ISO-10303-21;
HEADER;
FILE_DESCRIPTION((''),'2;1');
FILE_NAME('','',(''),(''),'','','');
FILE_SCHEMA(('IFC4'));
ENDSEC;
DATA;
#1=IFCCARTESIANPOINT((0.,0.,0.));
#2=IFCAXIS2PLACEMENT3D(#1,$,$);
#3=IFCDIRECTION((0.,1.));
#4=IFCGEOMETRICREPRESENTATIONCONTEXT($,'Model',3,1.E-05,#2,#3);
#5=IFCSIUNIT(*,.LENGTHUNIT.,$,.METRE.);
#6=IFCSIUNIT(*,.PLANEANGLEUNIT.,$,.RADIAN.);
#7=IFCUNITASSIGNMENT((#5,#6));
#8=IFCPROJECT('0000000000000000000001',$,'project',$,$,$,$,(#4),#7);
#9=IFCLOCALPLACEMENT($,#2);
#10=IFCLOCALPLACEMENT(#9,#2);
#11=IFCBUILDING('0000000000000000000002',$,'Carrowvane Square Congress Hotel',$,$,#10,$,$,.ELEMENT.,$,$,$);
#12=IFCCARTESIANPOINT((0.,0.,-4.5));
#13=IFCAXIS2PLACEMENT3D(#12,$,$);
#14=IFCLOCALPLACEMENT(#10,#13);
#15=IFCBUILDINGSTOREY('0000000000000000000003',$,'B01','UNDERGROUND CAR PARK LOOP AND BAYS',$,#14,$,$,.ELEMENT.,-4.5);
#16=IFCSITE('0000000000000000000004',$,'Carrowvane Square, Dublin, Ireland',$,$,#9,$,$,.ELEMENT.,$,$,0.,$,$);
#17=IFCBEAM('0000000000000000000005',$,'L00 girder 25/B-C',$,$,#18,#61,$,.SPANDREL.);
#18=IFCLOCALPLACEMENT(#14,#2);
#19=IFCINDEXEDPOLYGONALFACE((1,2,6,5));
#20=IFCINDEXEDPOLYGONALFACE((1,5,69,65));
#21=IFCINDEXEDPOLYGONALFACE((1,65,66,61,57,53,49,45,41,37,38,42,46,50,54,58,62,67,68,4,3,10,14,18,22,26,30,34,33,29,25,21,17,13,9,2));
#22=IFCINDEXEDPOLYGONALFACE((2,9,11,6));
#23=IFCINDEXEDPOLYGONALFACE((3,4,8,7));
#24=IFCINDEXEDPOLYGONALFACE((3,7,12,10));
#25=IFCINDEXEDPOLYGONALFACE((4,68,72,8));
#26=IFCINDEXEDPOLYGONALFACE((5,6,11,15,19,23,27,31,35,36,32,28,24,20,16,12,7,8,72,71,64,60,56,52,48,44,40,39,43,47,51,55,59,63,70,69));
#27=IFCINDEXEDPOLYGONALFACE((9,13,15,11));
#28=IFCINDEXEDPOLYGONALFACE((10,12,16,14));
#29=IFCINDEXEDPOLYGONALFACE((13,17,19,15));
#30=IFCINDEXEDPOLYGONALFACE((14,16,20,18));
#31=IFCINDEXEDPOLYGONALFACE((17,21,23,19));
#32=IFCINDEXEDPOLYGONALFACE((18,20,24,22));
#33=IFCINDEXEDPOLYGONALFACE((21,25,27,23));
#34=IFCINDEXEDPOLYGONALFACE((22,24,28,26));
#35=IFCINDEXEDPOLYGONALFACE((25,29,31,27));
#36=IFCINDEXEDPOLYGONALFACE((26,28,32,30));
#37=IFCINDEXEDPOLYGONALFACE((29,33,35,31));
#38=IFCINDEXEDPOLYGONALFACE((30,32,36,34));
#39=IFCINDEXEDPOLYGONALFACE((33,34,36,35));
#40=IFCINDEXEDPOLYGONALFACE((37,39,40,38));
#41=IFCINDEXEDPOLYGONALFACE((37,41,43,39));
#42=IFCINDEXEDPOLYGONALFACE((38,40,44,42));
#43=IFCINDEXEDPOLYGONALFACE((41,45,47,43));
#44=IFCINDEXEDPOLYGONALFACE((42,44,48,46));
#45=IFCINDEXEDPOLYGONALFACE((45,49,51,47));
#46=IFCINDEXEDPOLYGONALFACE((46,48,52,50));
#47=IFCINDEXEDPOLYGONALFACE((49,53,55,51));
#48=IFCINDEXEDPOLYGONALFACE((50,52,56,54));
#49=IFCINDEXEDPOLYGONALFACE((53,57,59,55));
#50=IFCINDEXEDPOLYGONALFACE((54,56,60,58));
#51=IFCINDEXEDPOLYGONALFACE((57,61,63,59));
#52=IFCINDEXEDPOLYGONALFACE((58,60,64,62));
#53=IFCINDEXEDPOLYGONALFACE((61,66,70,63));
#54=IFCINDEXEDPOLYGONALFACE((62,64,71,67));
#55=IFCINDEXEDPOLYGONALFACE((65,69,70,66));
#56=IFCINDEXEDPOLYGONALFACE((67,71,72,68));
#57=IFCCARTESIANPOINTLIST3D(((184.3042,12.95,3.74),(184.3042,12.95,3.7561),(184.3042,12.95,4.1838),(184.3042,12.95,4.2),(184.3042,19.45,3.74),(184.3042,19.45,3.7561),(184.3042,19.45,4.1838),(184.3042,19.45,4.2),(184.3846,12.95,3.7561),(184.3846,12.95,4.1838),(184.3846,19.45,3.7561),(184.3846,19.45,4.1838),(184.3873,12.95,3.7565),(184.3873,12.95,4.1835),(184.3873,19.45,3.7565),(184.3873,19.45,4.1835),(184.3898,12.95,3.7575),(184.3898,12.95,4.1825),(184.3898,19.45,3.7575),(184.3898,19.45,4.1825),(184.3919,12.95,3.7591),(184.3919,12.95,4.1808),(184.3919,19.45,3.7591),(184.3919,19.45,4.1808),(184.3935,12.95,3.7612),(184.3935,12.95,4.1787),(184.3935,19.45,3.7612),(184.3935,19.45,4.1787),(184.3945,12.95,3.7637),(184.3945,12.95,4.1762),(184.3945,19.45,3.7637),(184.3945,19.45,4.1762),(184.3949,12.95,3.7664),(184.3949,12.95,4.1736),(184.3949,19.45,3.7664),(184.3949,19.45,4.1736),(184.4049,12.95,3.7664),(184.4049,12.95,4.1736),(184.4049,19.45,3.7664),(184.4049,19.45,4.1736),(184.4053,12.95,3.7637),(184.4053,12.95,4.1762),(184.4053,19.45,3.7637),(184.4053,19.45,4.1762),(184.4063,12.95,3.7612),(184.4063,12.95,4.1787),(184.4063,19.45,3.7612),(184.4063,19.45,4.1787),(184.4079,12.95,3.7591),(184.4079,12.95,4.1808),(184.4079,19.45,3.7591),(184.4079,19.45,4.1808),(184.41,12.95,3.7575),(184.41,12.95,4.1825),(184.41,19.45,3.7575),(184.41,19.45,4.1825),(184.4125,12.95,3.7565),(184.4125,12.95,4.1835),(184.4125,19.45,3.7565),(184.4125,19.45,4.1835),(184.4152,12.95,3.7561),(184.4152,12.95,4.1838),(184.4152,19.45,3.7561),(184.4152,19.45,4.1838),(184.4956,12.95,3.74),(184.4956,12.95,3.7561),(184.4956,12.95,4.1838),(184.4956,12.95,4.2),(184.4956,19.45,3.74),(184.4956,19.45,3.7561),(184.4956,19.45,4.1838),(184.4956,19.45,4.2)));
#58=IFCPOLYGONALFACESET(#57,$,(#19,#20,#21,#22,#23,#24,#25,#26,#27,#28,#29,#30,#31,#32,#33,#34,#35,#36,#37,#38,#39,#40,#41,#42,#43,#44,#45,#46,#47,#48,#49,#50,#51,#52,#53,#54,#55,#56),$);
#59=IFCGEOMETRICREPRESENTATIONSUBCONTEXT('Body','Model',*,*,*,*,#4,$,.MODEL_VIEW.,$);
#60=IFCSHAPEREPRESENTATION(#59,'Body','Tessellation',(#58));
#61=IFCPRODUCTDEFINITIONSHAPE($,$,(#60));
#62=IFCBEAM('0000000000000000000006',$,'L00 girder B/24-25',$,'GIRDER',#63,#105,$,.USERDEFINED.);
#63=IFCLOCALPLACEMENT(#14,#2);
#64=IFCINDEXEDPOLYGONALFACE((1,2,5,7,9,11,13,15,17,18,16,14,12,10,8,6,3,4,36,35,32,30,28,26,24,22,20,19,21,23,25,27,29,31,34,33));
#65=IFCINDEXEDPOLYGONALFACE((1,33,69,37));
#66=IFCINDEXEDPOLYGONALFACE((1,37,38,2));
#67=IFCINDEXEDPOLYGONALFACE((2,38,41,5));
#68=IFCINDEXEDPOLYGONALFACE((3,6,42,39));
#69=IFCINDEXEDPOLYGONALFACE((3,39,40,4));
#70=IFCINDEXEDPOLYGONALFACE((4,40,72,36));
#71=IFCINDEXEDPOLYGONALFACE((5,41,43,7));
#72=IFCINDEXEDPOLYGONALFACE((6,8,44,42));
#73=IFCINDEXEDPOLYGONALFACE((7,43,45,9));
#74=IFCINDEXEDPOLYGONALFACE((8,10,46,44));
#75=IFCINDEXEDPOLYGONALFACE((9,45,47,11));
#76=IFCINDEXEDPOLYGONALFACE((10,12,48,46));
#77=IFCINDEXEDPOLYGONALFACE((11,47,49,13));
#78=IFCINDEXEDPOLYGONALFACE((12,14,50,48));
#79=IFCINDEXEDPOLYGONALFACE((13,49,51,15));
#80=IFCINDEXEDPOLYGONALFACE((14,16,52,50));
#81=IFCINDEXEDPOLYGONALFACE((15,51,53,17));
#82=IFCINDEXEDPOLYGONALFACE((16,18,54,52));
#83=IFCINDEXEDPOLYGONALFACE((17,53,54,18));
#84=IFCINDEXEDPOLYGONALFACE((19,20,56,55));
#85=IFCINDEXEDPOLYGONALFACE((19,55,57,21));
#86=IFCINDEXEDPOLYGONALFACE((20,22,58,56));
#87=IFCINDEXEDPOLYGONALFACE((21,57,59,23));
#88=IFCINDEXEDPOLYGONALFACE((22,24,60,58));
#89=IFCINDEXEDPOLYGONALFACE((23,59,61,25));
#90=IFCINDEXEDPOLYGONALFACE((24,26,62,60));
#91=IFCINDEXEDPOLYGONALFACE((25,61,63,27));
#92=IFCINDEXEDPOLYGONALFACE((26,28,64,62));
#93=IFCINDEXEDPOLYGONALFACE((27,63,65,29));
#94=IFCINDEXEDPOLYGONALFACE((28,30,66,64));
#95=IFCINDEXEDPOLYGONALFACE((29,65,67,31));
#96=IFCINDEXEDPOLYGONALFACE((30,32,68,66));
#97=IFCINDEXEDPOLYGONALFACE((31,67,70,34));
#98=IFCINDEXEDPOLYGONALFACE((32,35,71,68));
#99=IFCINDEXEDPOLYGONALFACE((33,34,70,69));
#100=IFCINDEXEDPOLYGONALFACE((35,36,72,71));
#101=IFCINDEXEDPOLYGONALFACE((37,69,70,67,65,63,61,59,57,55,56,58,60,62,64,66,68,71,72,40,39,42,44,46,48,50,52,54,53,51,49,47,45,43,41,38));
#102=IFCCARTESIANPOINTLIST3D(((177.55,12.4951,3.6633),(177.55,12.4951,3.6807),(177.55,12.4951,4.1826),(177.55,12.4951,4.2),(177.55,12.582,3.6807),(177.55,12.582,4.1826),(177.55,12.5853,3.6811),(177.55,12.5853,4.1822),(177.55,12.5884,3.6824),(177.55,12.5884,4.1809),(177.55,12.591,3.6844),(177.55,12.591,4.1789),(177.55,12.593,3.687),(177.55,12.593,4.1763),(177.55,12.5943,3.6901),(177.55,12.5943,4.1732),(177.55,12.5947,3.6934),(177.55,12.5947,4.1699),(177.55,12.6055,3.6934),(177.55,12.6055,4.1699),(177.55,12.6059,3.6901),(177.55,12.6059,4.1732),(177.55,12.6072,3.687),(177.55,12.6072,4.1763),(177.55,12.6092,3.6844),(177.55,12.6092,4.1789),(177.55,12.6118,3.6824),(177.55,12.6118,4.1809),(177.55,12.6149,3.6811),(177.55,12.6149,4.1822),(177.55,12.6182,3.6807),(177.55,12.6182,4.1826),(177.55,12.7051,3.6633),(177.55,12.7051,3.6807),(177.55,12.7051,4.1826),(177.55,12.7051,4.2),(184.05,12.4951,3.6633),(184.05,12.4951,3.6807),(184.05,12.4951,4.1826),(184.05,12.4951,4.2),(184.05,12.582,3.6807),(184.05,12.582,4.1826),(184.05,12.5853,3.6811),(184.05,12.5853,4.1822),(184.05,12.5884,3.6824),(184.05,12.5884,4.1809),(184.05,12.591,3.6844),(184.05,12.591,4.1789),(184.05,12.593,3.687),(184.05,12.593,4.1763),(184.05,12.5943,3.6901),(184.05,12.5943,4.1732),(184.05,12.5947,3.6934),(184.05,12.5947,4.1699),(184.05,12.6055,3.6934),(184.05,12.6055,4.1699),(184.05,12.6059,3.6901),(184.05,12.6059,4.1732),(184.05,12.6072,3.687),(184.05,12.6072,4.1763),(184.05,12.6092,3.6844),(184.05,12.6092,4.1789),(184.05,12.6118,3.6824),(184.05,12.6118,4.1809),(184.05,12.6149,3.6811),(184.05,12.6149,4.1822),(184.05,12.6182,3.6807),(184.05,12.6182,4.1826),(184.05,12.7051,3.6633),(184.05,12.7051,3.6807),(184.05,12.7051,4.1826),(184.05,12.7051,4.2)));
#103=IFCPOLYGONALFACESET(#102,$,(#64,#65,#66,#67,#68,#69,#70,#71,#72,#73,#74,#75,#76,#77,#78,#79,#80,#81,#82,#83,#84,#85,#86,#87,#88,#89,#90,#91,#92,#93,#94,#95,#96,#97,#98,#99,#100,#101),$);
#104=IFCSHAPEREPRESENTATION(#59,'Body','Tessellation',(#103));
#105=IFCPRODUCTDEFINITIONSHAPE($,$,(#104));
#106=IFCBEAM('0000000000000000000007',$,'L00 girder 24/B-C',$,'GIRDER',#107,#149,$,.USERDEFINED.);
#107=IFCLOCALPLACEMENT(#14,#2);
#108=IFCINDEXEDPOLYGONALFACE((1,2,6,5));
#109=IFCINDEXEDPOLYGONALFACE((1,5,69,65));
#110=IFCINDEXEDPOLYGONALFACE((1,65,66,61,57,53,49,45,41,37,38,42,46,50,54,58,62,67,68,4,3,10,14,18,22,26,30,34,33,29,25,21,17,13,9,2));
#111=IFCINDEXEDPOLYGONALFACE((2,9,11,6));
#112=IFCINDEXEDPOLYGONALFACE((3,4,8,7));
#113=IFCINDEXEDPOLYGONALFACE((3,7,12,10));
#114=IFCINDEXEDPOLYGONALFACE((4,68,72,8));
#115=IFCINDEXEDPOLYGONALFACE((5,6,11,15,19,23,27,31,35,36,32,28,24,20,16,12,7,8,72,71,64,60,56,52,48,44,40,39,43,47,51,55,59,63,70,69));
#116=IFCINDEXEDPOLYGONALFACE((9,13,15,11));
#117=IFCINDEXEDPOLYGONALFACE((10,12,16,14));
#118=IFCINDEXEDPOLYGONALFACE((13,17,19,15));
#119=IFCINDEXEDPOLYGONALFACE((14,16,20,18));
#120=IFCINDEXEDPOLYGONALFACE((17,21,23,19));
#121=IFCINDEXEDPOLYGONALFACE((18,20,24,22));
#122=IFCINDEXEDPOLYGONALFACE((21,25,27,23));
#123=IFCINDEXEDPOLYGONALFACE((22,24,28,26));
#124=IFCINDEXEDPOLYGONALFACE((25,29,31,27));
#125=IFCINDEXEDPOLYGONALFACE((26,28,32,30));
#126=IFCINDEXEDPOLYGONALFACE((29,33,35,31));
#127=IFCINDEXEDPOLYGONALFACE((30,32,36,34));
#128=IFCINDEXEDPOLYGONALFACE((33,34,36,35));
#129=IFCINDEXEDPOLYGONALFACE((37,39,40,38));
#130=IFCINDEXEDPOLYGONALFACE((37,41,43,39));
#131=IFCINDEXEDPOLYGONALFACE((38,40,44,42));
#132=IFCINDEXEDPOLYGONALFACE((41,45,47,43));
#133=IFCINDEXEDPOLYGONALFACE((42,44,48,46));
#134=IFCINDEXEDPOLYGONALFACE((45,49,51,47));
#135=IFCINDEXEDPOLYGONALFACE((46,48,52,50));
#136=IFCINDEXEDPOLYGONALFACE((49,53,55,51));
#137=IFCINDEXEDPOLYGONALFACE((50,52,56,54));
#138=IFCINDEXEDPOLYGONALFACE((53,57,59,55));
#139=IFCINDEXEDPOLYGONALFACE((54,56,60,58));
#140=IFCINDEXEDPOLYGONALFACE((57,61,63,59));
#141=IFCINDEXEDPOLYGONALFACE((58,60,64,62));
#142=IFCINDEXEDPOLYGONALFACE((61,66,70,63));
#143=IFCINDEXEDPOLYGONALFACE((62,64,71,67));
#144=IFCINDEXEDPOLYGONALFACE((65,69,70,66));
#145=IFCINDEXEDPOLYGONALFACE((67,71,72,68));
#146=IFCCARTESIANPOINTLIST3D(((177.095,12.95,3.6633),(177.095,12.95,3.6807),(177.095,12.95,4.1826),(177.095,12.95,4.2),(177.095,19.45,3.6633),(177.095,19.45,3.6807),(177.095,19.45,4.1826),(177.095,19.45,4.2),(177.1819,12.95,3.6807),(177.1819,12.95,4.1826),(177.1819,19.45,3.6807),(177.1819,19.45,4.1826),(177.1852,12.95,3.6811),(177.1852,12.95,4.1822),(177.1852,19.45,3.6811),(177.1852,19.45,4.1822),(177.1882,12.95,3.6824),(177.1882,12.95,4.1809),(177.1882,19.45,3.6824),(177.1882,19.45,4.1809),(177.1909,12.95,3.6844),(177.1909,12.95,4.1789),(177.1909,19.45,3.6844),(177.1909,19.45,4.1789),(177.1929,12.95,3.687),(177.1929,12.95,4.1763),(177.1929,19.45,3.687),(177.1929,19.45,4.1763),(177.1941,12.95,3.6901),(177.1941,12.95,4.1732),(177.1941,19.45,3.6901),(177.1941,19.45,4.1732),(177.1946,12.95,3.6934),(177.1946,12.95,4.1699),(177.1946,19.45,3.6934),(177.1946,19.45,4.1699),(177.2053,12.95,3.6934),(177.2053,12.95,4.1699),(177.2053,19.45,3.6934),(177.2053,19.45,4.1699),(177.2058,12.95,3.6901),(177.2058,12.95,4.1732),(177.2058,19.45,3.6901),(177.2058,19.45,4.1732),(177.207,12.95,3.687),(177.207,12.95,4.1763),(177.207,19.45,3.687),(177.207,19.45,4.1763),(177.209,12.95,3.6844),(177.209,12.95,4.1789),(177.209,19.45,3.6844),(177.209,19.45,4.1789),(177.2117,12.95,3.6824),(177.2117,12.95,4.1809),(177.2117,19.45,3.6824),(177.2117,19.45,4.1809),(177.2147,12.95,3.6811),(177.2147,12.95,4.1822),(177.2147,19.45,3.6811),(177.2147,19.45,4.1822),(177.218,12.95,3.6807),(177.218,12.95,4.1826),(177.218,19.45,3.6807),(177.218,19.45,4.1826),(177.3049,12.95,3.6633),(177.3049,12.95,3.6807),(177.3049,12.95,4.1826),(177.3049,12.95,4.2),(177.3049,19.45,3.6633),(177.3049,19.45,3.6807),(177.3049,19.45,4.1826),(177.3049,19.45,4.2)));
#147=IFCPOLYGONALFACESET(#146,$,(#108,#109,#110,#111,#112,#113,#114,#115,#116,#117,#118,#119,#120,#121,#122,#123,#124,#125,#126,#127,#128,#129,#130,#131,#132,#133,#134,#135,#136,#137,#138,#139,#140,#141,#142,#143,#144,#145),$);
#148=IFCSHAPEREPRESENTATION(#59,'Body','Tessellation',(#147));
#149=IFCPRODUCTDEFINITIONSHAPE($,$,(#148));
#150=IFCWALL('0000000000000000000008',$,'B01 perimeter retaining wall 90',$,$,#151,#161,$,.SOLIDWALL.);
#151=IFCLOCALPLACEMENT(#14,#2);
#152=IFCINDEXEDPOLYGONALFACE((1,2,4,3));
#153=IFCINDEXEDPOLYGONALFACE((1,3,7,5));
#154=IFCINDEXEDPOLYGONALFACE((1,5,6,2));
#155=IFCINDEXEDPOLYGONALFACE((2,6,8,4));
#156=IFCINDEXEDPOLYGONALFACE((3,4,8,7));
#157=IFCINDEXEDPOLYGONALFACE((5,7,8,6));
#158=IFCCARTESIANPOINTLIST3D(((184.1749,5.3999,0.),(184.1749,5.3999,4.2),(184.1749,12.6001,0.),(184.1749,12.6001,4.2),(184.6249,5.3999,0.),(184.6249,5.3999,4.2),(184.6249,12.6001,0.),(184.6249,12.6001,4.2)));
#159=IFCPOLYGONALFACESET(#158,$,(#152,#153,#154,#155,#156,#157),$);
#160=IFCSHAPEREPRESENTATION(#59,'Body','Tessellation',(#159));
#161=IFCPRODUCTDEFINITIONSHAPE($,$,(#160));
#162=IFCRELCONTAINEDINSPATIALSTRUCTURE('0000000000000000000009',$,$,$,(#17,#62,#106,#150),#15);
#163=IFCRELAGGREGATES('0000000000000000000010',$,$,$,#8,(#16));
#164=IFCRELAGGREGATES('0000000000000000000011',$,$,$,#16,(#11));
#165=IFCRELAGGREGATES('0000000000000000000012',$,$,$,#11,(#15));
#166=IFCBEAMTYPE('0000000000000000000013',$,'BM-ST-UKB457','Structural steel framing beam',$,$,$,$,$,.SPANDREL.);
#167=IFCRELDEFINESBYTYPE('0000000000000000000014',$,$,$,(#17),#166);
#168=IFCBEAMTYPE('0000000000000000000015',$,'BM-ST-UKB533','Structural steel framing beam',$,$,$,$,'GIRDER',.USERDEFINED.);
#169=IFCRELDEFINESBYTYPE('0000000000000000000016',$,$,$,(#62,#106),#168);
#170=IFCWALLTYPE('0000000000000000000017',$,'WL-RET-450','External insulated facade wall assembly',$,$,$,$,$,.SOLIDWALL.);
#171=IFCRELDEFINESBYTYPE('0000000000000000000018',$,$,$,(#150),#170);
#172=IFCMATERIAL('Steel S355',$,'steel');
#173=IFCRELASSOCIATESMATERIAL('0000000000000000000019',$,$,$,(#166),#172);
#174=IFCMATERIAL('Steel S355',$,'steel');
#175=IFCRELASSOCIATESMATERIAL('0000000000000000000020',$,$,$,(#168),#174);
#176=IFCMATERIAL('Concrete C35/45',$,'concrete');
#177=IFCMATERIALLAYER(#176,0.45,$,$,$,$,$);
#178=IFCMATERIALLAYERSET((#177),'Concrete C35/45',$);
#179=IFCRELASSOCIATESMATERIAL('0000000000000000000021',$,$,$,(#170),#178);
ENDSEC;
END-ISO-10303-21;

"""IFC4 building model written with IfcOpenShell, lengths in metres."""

from ifc_helpers import new_model, si_unit, direction, frame, frame_2d, origin, origin_2d, place, context, subcontext, project, spatial, rectangle, i_section, extrude, material, layer, layer_set, material_profile, profile_set, type_object, element, save


model = new_model("IFC4")

# Units and contexts
model_context = context("Model", 3, precision=1e-05, world=origin(), true_north=direction((0.0, 1.0)))
body_context = subcontext(model_context, "Body", "Model", "MODEL_VIEW")
ifc_project = project(units=[si_unit("LENGTHUNIT", "METRE"), si_unit("PLANEANGLEUNIT", "RADIAN")], contexts=[model_context])

# Site, building, storey
site_placement = place(None, origin())
site = spatial("IfcSite", under=ifc_project, at=site_placement, Name="Carrowvane Square, Dublin, Ireland", CompositionType="ELEMENT", RefElevation=0.0)
building_placement = place(site_placement, origin())
building = spatial("IfcBuilding", under=site, at=building_placement, Name="Carrowvane Square Congress Hotel", CompositionType="ELEMENT")
storey_placement = place(building_placement, frame((0.0, 0.0, -4.5)))
storey = spatial("IfcBuildingStorey", under=building, at=storey_placement, Name="B01", Description="UNDERGROUND CAR PARK LOOP AND BAYS", CompositionType="ELEMENT", Elevation=-4.5)

# Beams
ifc_material_1 = material(Name="Steel S355", Category="steel")
ifc_material_profile_1 = material_profile(ifc_material_1, i_section(OverallWidth=0.1914, OverallDepth=0.46, WebThickness=0.01, FlangeThickness=0.0161, FilletRadius=0.0103, at=origin_2d()), Name="UKB 457x191x82")
ifc_profile_set_1 = profile_set([ifc_material_profile_1], Name="Steel S355")
beam_type_1 = type_object("IfcBeamType", Name="BM-ST-UKB457", Description="Structural steel framing beam", PredefinedType="SPANDREL", material=ifc_profile_set_1)
beam_1_placement = place(storey_placement, frame((184.3999, 12.95, 3.97), z_axis=(0.0, 1.0, 0.0), x_axis=(-1.0, 0.0, 0.0)))
element("IfcBeam", 1, at=beam_1_placement, inside=storey, type_object=beam_type_1, Name="L00 girder 25/B-C", PredefinedType="SPANDREL", context=body_context, shape_type="SweptSolid", body=[
    extrude(i_section(OverallWidth=0.1914, OverallDepth=0.46, WebThickness=0.01, FlangeThickness=0.0161, FilletRadius=0.0103, at=origin_2d()), origin(), (0.0, 0.0, 1.0), 6.5),
])
ifc_material_2 = material(Name="Steel S355", Category="steel")
ifc_material_profile_2 = material_profile(ifc_material_2, i_section(OverallWidth=0.21, OverallDepth=0.5366, WebThickness=0.0107, FlangeThickness=0.0173, FilletRadius=0.0127, at=origin_2d()), Name="UKB 533x210x101")
ifc_profile_set_2 = profile_set([ifc_material_profile_2], Name="Steel S355")
beam_type_2 = type_object("IfcBeamType", Name="BM-ST-UKB533", Description="Structural steel framing beam", ElementType="GIRDER", PredefinedType="USERDEFINED", material=ifc_profile_set_2)
for number, where, z_axis, x_axis, name in (
    (2, (177.55, 12.6001, 3.9316), (1.0, 0.0, 0.0), (0.0, 1.0, 0.0), "L00 girder B/24-25"),
    (3, (177.2, 12.95, 3.9316), (0.0, 1.0, 0.0), (-1.0, 0.0, 0.0), "L00 girder 24/B-C"),
):
    element("IfcBeam", number, at=place(storey_placement, frame(where, z_axis=z_axis, x_axis=x_axis)), inside=storey, type_object=beam_type_2, Name=name, ObjectType="GIRDER", PredefinedType="USERDEFINED", context=body_context, shape_type="SweptSolid", body=[
        extrude(i_section(OverallWidth=0.21, OverallDepth=0.5366, WebThickness=0.0107, FlangeThickness=0.0173, FilletRadius=0.0127, at=origin_2d()), origin(), (0.0, 0.0, 1.0), 6.5),
    ])

# Wall
ifc_material_3 = material(Name="Concrete C35/45", Category="concrete")
ifc_layer = layer(ifc_material_3, 0.45)
ifc_layer_set = layer_set([ifc_layer], Name="Concrete C35/45")
wall_type = type_object("IfcWallType", Name="WL-RET-450", Description="External insulated facade wall assembly", PredefinedType="SOLIDWALL", material=ifc_layer_set)
wall_placement = place(storey_placement, frame((184.3999, 12.6001, 0.0), z_axis=(0.0, 0.0, 1.0), x_axis=(0.0, -1.0, 0.0)))
element("IfcWall", 4, at=wall_placement, inside=storey, type_object=wall_type, Name="B01 perimeter retaining wall 90", PredefinedType="SOLIDWALL", context=body_context, shape_type="SweptSolid", body=[
    extrude(rectangle(XDim=7.2002, YDim=0.45, at=frame_2d((3.6001, 0.0))), origin(), (0.0, 0.0, 1.0), 4.2),
])

save(model, "model.ifc")
